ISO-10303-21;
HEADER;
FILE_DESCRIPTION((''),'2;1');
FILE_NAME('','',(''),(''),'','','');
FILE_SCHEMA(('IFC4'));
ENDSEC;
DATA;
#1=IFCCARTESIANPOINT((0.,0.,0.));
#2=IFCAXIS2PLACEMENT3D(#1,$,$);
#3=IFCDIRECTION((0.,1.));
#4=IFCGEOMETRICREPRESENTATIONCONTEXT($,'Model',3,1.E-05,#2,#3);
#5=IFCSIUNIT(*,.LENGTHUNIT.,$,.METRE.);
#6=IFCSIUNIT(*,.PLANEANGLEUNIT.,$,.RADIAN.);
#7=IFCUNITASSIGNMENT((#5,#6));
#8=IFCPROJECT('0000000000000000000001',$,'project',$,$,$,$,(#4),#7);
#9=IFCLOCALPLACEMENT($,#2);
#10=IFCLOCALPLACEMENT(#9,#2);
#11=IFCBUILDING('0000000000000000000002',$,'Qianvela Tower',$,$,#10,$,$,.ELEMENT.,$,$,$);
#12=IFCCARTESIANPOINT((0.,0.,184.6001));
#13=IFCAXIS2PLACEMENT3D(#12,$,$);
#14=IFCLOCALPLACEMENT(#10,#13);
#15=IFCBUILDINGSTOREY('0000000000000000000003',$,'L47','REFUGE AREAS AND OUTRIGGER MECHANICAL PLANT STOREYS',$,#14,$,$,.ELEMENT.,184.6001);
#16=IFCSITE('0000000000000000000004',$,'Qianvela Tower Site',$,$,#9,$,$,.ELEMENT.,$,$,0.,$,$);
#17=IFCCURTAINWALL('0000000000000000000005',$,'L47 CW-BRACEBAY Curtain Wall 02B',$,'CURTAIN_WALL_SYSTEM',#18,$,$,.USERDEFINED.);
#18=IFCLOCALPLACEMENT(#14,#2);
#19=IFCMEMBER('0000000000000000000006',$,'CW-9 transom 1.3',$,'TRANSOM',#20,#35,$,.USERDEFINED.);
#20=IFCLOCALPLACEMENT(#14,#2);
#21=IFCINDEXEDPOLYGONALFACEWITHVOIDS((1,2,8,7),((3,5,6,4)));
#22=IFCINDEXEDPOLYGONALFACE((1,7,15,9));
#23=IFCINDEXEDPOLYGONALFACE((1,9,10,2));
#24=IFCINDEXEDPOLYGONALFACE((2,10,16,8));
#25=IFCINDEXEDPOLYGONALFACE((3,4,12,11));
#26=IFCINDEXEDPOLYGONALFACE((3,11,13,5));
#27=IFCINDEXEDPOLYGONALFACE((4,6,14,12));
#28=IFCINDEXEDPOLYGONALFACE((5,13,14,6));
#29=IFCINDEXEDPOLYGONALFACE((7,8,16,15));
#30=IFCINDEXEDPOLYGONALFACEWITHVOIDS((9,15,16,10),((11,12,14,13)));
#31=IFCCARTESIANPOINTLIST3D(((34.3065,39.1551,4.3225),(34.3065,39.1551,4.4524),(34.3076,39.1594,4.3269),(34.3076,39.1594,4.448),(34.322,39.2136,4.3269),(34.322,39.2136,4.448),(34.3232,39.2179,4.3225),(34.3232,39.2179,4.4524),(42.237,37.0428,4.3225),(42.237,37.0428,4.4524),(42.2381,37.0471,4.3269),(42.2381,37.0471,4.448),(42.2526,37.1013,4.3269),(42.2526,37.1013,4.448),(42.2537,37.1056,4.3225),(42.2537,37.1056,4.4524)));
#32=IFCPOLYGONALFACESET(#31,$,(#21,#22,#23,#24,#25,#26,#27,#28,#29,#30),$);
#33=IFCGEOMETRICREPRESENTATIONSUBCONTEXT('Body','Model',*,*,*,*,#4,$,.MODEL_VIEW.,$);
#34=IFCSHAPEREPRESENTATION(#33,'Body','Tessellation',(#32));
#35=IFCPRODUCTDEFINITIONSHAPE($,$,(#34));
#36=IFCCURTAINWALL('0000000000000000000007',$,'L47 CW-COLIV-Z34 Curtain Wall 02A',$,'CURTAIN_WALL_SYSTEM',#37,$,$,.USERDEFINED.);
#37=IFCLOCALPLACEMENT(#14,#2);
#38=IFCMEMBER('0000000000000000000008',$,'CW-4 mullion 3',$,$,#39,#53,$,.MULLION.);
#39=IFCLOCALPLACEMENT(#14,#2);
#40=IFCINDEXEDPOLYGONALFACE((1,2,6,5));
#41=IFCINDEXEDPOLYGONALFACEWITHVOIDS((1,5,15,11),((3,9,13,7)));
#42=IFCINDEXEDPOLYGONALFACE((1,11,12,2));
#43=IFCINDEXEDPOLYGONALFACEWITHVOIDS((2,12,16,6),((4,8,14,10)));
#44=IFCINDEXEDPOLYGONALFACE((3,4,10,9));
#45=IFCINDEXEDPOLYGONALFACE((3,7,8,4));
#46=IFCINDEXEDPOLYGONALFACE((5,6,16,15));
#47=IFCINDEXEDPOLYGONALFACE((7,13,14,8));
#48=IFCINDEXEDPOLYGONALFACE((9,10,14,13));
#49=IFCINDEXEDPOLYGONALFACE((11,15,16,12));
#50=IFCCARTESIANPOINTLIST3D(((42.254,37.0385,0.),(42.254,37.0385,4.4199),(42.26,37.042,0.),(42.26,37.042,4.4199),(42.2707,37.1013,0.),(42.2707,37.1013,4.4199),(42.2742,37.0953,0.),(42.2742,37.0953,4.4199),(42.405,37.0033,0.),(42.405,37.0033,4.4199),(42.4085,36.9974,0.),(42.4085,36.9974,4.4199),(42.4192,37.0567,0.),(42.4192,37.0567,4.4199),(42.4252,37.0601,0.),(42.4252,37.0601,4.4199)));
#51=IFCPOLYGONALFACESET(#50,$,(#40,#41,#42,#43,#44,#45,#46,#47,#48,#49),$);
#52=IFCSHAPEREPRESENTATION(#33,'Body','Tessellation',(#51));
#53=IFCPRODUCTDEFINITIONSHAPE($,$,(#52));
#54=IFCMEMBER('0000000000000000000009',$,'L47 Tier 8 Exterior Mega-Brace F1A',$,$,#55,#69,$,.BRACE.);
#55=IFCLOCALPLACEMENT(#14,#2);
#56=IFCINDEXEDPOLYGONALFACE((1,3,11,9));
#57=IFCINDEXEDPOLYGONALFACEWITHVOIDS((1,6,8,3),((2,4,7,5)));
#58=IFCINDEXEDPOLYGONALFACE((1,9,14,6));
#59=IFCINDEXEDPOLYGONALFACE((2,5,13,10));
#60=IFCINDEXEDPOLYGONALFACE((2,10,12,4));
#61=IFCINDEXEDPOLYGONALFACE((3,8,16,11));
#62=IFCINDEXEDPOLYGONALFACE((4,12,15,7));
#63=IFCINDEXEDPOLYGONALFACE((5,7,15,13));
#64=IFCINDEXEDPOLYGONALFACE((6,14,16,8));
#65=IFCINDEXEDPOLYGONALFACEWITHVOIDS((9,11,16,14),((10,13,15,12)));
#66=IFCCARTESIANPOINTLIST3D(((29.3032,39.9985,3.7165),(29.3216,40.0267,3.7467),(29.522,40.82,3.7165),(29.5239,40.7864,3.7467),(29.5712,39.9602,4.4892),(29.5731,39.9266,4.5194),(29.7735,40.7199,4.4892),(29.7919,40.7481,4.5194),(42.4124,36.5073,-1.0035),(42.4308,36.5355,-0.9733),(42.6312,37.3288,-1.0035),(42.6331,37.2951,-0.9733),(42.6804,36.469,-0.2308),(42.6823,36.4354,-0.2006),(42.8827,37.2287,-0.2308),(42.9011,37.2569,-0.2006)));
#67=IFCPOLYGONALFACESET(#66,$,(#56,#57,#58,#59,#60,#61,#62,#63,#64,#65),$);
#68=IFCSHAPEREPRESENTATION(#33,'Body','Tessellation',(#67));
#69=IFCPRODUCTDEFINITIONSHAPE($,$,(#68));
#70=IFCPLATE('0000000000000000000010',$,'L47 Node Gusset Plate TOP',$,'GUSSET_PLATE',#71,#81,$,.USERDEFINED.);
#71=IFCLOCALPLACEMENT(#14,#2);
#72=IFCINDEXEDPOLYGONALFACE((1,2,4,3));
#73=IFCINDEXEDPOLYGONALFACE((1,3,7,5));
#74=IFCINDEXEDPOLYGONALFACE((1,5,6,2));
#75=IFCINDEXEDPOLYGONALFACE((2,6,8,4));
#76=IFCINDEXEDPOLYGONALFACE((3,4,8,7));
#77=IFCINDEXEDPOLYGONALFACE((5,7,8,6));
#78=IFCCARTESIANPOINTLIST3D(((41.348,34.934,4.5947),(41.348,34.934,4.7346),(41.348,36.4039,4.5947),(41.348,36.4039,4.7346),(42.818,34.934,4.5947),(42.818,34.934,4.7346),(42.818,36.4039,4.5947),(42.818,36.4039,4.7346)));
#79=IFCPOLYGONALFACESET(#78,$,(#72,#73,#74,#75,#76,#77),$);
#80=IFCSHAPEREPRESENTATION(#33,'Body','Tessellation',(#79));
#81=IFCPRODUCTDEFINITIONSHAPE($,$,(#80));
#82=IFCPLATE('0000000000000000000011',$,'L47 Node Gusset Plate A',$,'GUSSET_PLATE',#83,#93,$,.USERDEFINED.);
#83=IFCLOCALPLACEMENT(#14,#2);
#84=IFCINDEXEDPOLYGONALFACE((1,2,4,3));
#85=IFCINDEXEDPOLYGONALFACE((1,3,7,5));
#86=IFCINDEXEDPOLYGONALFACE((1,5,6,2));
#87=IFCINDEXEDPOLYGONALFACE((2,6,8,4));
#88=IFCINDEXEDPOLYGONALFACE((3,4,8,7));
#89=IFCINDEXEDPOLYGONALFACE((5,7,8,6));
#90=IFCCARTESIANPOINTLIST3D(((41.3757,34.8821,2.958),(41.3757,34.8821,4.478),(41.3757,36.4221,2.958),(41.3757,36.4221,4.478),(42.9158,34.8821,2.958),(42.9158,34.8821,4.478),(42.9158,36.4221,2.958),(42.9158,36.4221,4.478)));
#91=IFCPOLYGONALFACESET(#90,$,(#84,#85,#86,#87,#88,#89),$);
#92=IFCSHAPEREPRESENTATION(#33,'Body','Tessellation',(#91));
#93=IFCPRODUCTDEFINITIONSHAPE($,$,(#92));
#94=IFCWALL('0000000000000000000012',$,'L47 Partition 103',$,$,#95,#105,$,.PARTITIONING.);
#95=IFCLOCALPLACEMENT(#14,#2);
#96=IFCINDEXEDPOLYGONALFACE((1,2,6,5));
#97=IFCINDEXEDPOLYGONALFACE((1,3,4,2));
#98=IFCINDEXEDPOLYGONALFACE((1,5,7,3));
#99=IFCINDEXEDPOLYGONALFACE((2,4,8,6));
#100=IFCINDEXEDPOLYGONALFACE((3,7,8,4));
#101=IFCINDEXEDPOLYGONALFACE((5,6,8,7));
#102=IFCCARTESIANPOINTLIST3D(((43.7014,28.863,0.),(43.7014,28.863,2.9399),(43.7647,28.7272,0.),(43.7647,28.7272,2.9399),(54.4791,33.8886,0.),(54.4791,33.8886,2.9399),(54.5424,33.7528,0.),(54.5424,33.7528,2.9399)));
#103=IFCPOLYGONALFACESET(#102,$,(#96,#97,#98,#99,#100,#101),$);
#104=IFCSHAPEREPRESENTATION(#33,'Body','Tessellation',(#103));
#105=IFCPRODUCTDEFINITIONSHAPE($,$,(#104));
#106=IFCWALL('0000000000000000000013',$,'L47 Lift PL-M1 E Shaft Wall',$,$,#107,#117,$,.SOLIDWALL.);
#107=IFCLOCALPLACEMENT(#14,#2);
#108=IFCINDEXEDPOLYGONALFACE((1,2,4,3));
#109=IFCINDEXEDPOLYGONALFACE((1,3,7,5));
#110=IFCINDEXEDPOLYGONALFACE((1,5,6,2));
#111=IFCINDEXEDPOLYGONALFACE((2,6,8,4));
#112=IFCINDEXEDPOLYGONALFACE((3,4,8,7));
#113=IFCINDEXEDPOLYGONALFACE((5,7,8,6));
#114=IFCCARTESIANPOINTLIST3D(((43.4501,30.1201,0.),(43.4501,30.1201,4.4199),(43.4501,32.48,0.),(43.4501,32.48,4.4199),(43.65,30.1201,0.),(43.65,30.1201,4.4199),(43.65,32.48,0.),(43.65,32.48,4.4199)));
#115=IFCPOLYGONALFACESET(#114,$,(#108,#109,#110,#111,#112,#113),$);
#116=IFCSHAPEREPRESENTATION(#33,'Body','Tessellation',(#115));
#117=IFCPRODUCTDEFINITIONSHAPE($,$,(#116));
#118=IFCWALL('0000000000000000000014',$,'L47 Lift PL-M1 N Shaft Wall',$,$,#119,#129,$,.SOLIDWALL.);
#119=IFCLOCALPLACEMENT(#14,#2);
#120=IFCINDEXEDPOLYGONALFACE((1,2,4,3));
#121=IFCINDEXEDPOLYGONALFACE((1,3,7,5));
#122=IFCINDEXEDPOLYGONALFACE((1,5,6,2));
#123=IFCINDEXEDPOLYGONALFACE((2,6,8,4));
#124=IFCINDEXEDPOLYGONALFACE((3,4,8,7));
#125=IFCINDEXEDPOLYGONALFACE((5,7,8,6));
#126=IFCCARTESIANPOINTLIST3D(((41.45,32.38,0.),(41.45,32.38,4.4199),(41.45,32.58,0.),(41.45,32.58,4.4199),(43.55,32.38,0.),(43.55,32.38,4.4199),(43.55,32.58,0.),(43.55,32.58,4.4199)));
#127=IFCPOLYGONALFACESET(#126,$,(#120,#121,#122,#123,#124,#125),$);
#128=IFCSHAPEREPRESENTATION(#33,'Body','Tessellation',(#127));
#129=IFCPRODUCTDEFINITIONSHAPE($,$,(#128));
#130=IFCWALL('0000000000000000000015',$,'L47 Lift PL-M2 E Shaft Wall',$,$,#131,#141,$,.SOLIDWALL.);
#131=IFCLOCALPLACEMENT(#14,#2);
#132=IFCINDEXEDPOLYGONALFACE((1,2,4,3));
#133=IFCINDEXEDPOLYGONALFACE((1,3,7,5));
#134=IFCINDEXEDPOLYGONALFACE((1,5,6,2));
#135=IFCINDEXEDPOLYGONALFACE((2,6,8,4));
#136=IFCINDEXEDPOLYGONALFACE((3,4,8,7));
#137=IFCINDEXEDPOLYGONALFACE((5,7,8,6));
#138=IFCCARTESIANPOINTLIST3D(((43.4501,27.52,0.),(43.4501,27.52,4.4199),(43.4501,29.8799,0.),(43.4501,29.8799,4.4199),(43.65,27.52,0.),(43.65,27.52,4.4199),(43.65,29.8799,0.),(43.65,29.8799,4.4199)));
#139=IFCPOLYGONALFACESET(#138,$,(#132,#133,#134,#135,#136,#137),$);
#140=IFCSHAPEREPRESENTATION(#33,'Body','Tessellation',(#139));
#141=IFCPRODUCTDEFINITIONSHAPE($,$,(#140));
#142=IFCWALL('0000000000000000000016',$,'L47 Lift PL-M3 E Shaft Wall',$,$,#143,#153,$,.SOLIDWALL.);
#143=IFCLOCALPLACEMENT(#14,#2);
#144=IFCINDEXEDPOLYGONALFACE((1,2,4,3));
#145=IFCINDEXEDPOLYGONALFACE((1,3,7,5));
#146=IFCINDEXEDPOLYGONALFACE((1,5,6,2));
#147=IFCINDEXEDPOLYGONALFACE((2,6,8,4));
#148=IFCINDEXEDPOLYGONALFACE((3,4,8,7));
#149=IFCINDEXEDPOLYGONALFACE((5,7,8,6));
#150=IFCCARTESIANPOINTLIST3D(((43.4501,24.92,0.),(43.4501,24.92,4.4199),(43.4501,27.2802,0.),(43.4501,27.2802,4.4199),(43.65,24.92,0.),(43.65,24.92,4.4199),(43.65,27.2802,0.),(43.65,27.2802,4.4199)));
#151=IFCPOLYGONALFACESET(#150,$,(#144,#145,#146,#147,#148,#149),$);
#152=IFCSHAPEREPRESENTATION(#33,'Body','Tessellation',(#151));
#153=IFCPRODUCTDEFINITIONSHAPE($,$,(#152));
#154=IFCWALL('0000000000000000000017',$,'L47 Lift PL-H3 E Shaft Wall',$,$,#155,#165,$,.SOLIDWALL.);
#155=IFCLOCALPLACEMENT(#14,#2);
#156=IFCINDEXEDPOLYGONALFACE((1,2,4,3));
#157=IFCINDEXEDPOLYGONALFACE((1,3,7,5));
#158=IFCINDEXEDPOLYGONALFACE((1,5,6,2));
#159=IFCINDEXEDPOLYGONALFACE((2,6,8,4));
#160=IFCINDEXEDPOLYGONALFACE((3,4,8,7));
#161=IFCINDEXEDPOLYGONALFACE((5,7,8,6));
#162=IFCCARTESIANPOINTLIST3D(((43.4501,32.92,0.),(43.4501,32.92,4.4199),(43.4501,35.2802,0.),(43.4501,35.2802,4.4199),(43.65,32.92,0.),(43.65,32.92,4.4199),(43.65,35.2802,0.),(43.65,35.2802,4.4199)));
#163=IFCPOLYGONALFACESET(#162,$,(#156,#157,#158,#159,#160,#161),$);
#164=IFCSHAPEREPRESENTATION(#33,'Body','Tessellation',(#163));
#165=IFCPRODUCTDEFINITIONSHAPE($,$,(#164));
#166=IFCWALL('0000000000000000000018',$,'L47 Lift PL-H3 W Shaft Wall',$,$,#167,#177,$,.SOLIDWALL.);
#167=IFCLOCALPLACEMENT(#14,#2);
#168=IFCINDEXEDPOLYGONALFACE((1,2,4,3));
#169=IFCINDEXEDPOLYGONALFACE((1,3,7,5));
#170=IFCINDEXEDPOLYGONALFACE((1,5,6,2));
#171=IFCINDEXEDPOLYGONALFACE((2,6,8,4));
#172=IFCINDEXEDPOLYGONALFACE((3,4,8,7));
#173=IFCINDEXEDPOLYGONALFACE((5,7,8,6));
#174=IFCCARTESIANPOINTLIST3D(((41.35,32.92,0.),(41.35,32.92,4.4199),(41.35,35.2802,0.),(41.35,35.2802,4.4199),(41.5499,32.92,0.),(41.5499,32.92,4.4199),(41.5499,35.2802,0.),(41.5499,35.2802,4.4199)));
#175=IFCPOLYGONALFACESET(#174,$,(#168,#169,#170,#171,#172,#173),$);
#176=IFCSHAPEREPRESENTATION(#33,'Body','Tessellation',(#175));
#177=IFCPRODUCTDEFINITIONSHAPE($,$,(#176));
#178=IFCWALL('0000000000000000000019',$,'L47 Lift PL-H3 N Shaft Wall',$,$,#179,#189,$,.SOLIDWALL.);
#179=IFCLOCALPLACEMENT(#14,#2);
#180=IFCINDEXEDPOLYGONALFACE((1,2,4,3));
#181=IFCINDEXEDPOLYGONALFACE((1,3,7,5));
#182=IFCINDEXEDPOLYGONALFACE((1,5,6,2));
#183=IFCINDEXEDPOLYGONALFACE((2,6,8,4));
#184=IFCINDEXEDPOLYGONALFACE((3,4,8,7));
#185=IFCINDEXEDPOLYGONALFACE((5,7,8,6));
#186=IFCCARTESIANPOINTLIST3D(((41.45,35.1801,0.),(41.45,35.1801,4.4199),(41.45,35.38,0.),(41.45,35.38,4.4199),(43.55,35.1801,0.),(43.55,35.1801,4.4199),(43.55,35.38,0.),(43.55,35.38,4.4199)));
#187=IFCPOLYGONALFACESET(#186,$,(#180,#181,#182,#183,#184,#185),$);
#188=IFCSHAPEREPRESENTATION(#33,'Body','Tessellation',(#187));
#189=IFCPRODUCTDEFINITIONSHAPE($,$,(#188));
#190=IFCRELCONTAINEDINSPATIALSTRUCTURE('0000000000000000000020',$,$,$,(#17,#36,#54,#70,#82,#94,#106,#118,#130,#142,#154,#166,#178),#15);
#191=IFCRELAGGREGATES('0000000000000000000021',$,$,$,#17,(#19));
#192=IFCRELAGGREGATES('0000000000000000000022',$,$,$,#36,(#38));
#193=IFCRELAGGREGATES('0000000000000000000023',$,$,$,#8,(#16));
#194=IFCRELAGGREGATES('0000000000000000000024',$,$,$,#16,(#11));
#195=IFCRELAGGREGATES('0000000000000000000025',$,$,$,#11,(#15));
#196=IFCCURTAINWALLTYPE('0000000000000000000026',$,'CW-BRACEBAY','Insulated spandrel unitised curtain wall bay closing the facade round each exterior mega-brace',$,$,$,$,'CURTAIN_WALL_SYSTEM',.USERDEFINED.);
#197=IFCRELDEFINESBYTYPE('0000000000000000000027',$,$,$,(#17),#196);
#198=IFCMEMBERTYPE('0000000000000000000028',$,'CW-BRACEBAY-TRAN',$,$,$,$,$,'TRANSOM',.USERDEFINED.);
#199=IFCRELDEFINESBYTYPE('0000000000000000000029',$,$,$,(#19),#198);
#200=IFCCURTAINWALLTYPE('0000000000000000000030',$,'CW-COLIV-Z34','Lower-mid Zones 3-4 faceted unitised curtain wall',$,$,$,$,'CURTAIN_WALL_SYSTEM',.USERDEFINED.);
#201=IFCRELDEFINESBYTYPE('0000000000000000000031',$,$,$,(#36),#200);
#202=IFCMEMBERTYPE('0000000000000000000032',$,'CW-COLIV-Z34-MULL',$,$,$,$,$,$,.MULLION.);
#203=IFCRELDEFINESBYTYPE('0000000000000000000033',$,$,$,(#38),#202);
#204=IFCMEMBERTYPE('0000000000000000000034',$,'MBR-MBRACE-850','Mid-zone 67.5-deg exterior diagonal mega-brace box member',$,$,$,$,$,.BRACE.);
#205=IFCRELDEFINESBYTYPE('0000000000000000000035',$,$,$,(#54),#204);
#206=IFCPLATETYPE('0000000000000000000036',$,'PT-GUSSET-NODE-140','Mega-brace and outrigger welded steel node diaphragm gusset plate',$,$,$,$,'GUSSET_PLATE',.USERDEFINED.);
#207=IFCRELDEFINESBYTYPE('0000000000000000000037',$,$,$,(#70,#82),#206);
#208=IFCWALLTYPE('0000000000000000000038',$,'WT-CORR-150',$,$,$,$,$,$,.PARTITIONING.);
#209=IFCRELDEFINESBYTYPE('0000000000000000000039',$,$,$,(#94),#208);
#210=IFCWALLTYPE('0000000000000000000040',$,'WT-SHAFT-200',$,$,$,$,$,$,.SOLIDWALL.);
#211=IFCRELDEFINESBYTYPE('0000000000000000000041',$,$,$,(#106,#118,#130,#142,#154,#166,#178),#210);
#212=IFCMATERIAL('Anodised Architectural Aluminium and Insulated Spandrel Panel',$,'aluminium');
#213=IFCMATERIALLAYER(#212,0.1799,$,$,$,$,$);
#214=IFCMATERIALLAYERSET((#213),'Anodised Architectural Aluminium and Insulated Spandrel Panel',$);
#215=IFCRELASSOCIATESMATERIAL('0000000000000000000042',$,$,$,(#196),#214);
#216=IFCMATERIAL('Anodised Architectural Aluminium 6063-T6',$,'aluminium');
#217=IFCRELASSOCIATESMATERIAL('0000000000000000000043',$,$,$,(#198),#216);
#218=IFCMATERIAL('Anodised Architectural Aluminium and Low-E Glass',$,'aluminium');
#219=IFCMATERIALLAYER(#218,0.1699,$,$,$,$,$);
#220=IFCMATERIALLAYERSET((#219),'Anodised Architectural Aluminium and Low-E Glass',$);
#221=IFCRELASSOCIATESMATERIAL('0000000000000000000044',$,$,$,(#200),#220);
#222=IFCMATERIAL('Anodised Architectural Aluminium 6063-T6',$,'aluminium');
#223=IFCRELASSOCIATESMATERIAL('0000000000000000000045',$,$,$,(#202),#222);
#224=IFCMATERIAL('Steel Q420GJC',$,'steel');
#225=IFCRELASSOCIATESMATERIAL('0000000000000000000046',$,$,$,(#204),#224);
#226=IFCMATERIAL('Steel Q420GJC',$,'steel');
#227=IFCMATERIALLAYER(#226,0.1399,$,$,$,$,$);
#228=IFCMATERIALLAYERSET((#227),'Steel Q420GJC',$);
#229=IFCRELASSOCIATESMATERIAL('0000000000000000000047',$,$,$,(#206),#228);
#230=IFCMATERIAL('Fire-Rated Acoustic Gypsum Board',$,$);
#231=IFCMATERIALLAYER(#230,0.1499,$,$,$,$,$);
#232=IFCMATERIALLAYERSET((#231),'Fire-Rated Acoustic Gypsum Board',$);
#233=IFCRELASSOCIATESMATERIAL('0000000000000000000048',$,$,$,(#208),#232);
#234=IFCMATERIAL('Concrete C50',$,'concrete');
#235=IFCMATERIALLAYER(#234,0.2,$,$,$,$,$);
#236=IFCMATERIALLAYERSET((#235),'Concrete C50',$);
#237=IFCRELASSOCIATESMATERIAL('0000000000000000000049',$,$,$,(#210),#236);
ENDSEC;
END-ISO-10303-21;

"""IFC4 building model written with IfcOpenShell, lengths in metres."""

from ifc_helpers import new_model, si_unit, direction, frame, frame_2d, origin, origin_2d, place, context, subcontext, project, spatial, rectangle, hollow_rectangle, extrude, material, layer, layer_set, material_profile, profile_set, type_object, element, aggregate, save


model = new_model("IFC4")

# Units and contexts
model_context = context("Model", 3, precision=1e-05, world=origin(), true_north=direction((0.0, 1.0)))
body_context = subcontext(model_context, "Body", "Model", "MODEL_VIEW")
ifc_project = project(units=[si_unit("LENGTHUNIT", "METRE"), si_unit("PLANEANGLEUNIT", "RADIAN")], contexts=[model_context])

# Site, building, storey
site_placement = place(None, origin())
site = spatial("IfcSite", under=ifc_project, at=site_placement, Name="Qianvela Tower Site", CompositionType="ELEMENT", RefElevation=0.0)
building_placement = place(site_placement, origin())
building = spatial("IfcBuilding", under=site, at=building_placement, Name="Qianvela Tower", CompositionType="ELEMENT")
storey_placement = place(building_placement, frame((0.0, 0.0, 184.6001)))
storey = spatial("IfcBuildingStorey", under=building, at=storey_placement, Name="L47", Description="REFUGE AREAS AND OUTRIGGER MECHANICAL PLANT STOREYS", CompositionType="ELEMENT", Elevation=184.6001)

# Curtain wall, member
ifc_material_1 = material(Name="Anodised Architectural Aluminium and Insulated Spandrel Panel", Category="aluminium")
ifc_layer_1 = layer(ifc_material_1, 0.1799)
ifc_layer_set_1 = layer_set([ifc_layer_1], Name="Anodised Architectural Aluminium and Insulated Spandrel Panel")
curtain_wall_type_1 = type_object("IfcCurtainWallType", Name="CW-BRACEBAY", Description="Insulated spandrel unitised curtain wall bay closing the facade round each exterior mega-brace", ElementType="CURTAIN_WALL_SYSTEM", PredefinedType="USERDEFINED", material=ifc_layer_set_1)
curtain_wall_1_placement = place(storey_placement, origin())
curtain_wall_1 = element("IfcCurtainWall", 1, at=curtain_wall_1_placement, inside=storey, type_object=curtain_wall_type_1, Name="L47 CW-BRACEBAY Curtain Wall 02B", ObjectType="CURTAIN_WALL_SYSTEM", PredefinedType="USERDEFINED")
ifc_material_2 = material(Name="Anodised Architectural Aluminium 6063-T6", Category="aluminium")
ifc_material_profile_1 = material_profile(ifc_material_2, hollow_rectangle(XDim=0.0649, YDim=0.1299, WallThickness=0.0044, at=origin_2d()), Name="ALU-TRAN-65x130")
ifc_profile_set_1 = profile_set([ifc_material_profile_1], Name="Anodised Architectural Aluminium 6063-T6")
member_type_1 = type_object("IfcMemberType", Name="CW-BRACEBAY-TRAN", ElementType="TRANSOM", PredefinedType="USERDEFINED", material=ifc_profile_set_1)
member_1_placement = place(storey_placement, frame((42.2454, 37.0742, 4.3875), z_axis=(-0.966312, 0.257374, 0.0), x_axis=(-0.257374, -0.966312, 0.0)))
member_1 = element("IfcMember", 2, at=member_1_placement, type_object=member_type_1, Name="CW-9 transom 1.3", ObjectType="TRANSOM", PredefinedType="USERDEFINED", context=body_context, shape_type="SweptSolid", body=[
    extrude(hollow_rectangle(XDim=0.0649, YDim=0.1299, WallThickness=0.0044, at=origin_2d()), origin(), (0.0, 0.0, 1.0), 8.207),
])
aggregate(curtain_wall_1, [member_1])

# Curtain wall, member
ifc_material_3 = material(Name="Anodised Architectural Aluminium and Low-E Glass", Category="aluminium")
ifc_layer_2 = layer(ifc_material_3, 0.1699)
ifc_layer_set_2 = layer_set([ifc_layer_2], Name="Anodised Architectural Aluminium and Low-E Glass")
curtain_wall_type_2 = type_object("IfcCurtainWallType", Name="CW-COLIV-Z34", Description="Lower-mid Zones 3-4 faceted unitised curtain wall", ElementType="CURTAIN_WALL_SYSTEM", PredefinedType="USERDEFINED", material=ifc_layer_set_2)
curtain_wall_2_placement = place(storey_placement, origin())
curtain_wall_2 = element("IfcCurtainWall", 3, at=curtain_wall_2_placement, inside=storey, type_object=curtain_wall_type_2, Name="L47 CW-COLIV-Z34 Curtain Wall 02A", ObjectType="CURTAIN_WALL_SYSTEM", PredefinedType="USERDEFINED")
ifc_material_4 = material(Name="Anodised Architectural Aluminium 6063-T6", Category="aluminium")
ifc_material_profile_2 = material_profile(ifc_material_4, hollow_rectangle(XDim=0.0649, YDim=0.1599, WallThickness=0.0049, at=origin_2d()), Name="ALU-MULL-65x160")
ifc_profile_set_2 = profile_set([ifc_material_profile_2], Name="Anodised Architectural Aluminium 6063-T6")
member_type_2 = type_object("IfcMemberType", Name="CW-COLIV-Z34-MULL", PredefinedType="MULLION", material=ifc_profile_set_2)
member_2_placement = place(storey_placement, frame((42.3396, 37.0493, 0.0), z_axis=(0.0, 0.0, 1.0), x_axis=(-0.25735, -0.966318, 0.0)))
member_2 = element("IfcMember", 4, at=member_2_placement, type_object=member_type_2, Name="CW-4 mullion 3", PredefinedType="MULLION", context=body_context, shape_type="SweptSolid", body=[
    extrude(hollow_rectangle(XDim=0.0649, YDim=0.1599, WallThickness=0.0049, at=origin_2d()), origin(), (0.0, 0.0, 1.0), 4.4199),
])
aggregate(curtain_wall_2, [member_2])

# Member
ifc_material_5 = material(Name="Steel Q420GJC", Category="steel")
ifc_material_profile_3 = material_profile(ifc_material_5, hollow_rectangle(XDim=0.8501, YDim=0.8501, WallThickness=0.032, at=origin_2d()), Name="MBOX-850x850x32")
ifc_profile_set_3 = profile_set([ifc_material_profile_3], Name="Steel Q420GJC")
member_type_3 = type_object("IfcMemberType", Name="MBR-MBRACE-850", Description="Mid-zone 67.5-deg exterior diagonal mega-brace box member", PredefinedType="BRACE", material=ifc_profile_set_3)
member_3_placement = place(storey_placement, frame((42.6567, 36.8821, -0.6021), z_axis=(-0.912657, 0.243058, 0.328604), x_axis=(-0.257349, -0.966319, 0.0)))
element("IfcMember", 5, at=member_3_placement, inside=storey, type_object=member_type_3, Name="L47 Tier 8 Exterior Mega-Brace F1A", PredefinedType="BRACE", context=body_context, shape_type="SweptSolid", body=[
    extrude(hollow_rectangle(XDim=0.8501, YDim=0.8501, WallThickness=0.032, at=origin_2d()), origin(), (0.0, 0.0, 1.0), 14.3638),
])

# Plates
ifc_material_6 = material(Name="Steel Q420GJC", Category="steel")
ifc_layer_3 = layer(ifc_material_6, 0.1399)
ifc_layer_set_3 = layer_set([ifc_layer_3], Name="Steel Q420GJC")
plate_type = type_object("IfcPlateType", Name="PT-GUSSET-NODE-140", Description="Mega-brace and outrigger welded steel node diaphragm gusset plate", ElementType="GUSSET_PLATE", PredefinedType="USERDEFINED", material=ifc_layer_set_3)
plate_1_placement = place(storey_placement, frame((42.083, 35.6689, 4.5947), z_axis=(0.0, 0.0, 1.0), x_axis=(1.0, 0.0, 0.0)))
element("IfcPlate", 6, at=plate_1_placement, inside=storey, type_object=plate_type, Name="L47 Node Gusset Plate TOP", ObjectType="GUSSET_PLATE", PredefinedType="USERDEFINED", context=body_context, shape_type="SweptSolid", body=[
    extrude(rectangle(XDim=1.47, YDim=1.47, at=origin_2d()), origin(), (0.0, 0.0, 1.0), 0.1399),
])
plate_2_placement = place(storey_placement, frame((42.1458, 35.6521, 2.958), z_axis=(0.0, 0.0, 1.0), x_axis=(1.0, 0.0, 0.0)))
element("IfcPlate", 7, at=plate_2_placement, inside=storey, type_object=plate_type, Name="L47 Node Gusset Plate A", ObjectType="GUSSET_PLATE", PredefinedType="USERDEFINED", context=body_context, shape_type="SweptSolid", body=[
    extrude(rectangle(XDim=1.54, YDim=1.54, at=origin_2d()), origin(), (0.0, 0.0, 1.0), 1.52),
])

# Walls
ifc_material_7 = material(Name="Fire-Rated Acoustic Gypsum Board")
ifc_layer_4 = layer(ifc_material_7, 0.1499)
ifc_layer_set_4 = layer_set([ifc_layer_4], Name="Fire-Rated Acoustic Gypsum Board")
wall_type_1 = type_object("IfcWallType", Name="WT-CORR-150", PredefinedType="PARTITIONING", material=ifc_layer_set_4)
wall_1_placement = place(storey_placement, frame((43.7332, 28.7952, 0.0), z_axis=(0.0, 0.0, 1.0), x_axis=(0.906313, 0.422608, 0.0)))
element("IfcWall", 8, at=wall_1_placement, inside=storey, type_object=wall_type_1, Name="L47 Partition 103", PredefinedType="PARTITIONING", context=body_context, shape_type="SweptSolid", body=[
    extrude(rectangle(XDim=11.8918, YDim=0.1499, at=frame_2d((5.9458, 0.0))), origin(), (0.0, 0.0, 1.0), 2.9399),
])
ifc_material_8 = material(Name="Concrete C50", Category="concrete")
ifc_layer_5 = layer(ifc_material_8, 0.2)
ifc_layer_set_5 = layer_set([ifc_layer_5], Name="Concrete C50")
wall_type_2 = type_object("IfcWallType", Name="WT-SHAFT-200", PredefinedType="SOLIDWALL", material=ifc_layer_set_5)
wall_2_placement = place(storey_placement, frame((43.55, 30.1201, 0.0), z_axis=(0.0, 0.0, 1.0), x_axis=(0.0, 1.0, 0.0)))
element("IfcWall", 9, at=wall_2_placement, inside=storey, type_object=wall_type_2, Name="L47 Lift PL-M1 E Shaft Wall", PredefinedType="SOLIDWALL", context=body_context, shape_type="SweptSolid", body=[
    extrude(rectangle(XDim=2.3599, YDim=0.2, at=frame_2d((1.1799, 0.0))), origin(), (0.0, 0.0, 1.0), 4.4199),
])
wall_3_placement = place(storey_placement, frame((41.45, 32.48, 0.0), z_axis=(0.0, 0.0, 1.0), x_axis=(1.0, 0.0, 0.0)))
element("IfcWall", 10, at=wall_3_placement, inside=storey, type_object=wall_type_2, Name="L47 Lift PL-M1 N Shaft Wall", PredefinedType="SOLIDWALL", context=body_context, shape_type="SweptSolid", body=[
    extrude(rectangle(XDim=2.1001, YDim=0.2, at=frame_2d((1.05, 0.0))), origin(), (0.0, 0.0, 1.0), 4.4199),
])
wall_4_placement = place(storey_placement, frame((43.55, 27.52, 0.0), z_axis=(0.0, 0.0, 1.0), x_axis=(0.0, 1.0, 0.0)))
element("IfcWall", 11, at=wall_4_placement, inside=storey, type_object=wall_type_2, Name="L47 Lift PL-M2 E Shaft Wall", PredefinedType="SOLIDWALL", context=body_context, shape_type="SweptSolid", body=[
    extrude(rectangle(XDim=2.3599, YDim=0.2, at=frame_2d((1.1799, 0.0))), origin(), (0.0, 0.0, 1.0), 4.4199),
])
for number, where, z_axis, x_axis, name in (
    (12, (43.55, 24.9199, 0.0), (0.0, 0.0, 1.0), (0.0, 1.0, 0.0), "L47 Lift PL-M3 E Shaft Wall"),
    (13, (43.55, 32.9199, 0.0), (0.0, 0.0, 1.0), (0.0, 1.0, 0.0), "L47 Lift PL-H3 E Shaft Wall"),
    (14, (41.45, 32.9199, 0.0), (0.0, 0.0, 1.0), (0.0, 1.0, 0.0), "L47 Lift PL-H3 W Shaft Wall"),
):
    element("IfcWall", number, at=place(storey_placement, frame(where, z_axis=z_axis, x_axis=x_axis)), inside=storey, type_object=wall_type_2, Name=name, PredefinedType="SOLIDWALL", context=body_context, shape_type="SweptSolid", body=[
        extrude(rectangle(XDim=2.3601, YDim=0.2, at=frame_2d((1.1802, 0.0))), origin(), (0.0, 0.0, 1.0), 4.4199),
    ])
for number, where, z_axis, x_axis, name in (
    (15, (41.45, 35.28, 0.0), (0.0, 0.0, 1.0), (1.0, 0.0, 0.0), "L47 Lift PL-H3 N Shaft Wall"),
):
    element("IfcWall", number, at=place(storey_placement, frame(where, z_axis=z_axis, x_axis=x_axis)), inside=storey, type_object=wall_type_2, Name=name, PredefinedType="SOLIDWALL", context=body_context, shape_type="SweptSolid", body=[
        extrude(rectangle(XDim=2.1001, YDim=0.2, at=frame_2d((1.05, 0.0))), origin(), (0.0, 0.0, 1.0), 4.4199),
    ])

save(model, "model.ifc")
